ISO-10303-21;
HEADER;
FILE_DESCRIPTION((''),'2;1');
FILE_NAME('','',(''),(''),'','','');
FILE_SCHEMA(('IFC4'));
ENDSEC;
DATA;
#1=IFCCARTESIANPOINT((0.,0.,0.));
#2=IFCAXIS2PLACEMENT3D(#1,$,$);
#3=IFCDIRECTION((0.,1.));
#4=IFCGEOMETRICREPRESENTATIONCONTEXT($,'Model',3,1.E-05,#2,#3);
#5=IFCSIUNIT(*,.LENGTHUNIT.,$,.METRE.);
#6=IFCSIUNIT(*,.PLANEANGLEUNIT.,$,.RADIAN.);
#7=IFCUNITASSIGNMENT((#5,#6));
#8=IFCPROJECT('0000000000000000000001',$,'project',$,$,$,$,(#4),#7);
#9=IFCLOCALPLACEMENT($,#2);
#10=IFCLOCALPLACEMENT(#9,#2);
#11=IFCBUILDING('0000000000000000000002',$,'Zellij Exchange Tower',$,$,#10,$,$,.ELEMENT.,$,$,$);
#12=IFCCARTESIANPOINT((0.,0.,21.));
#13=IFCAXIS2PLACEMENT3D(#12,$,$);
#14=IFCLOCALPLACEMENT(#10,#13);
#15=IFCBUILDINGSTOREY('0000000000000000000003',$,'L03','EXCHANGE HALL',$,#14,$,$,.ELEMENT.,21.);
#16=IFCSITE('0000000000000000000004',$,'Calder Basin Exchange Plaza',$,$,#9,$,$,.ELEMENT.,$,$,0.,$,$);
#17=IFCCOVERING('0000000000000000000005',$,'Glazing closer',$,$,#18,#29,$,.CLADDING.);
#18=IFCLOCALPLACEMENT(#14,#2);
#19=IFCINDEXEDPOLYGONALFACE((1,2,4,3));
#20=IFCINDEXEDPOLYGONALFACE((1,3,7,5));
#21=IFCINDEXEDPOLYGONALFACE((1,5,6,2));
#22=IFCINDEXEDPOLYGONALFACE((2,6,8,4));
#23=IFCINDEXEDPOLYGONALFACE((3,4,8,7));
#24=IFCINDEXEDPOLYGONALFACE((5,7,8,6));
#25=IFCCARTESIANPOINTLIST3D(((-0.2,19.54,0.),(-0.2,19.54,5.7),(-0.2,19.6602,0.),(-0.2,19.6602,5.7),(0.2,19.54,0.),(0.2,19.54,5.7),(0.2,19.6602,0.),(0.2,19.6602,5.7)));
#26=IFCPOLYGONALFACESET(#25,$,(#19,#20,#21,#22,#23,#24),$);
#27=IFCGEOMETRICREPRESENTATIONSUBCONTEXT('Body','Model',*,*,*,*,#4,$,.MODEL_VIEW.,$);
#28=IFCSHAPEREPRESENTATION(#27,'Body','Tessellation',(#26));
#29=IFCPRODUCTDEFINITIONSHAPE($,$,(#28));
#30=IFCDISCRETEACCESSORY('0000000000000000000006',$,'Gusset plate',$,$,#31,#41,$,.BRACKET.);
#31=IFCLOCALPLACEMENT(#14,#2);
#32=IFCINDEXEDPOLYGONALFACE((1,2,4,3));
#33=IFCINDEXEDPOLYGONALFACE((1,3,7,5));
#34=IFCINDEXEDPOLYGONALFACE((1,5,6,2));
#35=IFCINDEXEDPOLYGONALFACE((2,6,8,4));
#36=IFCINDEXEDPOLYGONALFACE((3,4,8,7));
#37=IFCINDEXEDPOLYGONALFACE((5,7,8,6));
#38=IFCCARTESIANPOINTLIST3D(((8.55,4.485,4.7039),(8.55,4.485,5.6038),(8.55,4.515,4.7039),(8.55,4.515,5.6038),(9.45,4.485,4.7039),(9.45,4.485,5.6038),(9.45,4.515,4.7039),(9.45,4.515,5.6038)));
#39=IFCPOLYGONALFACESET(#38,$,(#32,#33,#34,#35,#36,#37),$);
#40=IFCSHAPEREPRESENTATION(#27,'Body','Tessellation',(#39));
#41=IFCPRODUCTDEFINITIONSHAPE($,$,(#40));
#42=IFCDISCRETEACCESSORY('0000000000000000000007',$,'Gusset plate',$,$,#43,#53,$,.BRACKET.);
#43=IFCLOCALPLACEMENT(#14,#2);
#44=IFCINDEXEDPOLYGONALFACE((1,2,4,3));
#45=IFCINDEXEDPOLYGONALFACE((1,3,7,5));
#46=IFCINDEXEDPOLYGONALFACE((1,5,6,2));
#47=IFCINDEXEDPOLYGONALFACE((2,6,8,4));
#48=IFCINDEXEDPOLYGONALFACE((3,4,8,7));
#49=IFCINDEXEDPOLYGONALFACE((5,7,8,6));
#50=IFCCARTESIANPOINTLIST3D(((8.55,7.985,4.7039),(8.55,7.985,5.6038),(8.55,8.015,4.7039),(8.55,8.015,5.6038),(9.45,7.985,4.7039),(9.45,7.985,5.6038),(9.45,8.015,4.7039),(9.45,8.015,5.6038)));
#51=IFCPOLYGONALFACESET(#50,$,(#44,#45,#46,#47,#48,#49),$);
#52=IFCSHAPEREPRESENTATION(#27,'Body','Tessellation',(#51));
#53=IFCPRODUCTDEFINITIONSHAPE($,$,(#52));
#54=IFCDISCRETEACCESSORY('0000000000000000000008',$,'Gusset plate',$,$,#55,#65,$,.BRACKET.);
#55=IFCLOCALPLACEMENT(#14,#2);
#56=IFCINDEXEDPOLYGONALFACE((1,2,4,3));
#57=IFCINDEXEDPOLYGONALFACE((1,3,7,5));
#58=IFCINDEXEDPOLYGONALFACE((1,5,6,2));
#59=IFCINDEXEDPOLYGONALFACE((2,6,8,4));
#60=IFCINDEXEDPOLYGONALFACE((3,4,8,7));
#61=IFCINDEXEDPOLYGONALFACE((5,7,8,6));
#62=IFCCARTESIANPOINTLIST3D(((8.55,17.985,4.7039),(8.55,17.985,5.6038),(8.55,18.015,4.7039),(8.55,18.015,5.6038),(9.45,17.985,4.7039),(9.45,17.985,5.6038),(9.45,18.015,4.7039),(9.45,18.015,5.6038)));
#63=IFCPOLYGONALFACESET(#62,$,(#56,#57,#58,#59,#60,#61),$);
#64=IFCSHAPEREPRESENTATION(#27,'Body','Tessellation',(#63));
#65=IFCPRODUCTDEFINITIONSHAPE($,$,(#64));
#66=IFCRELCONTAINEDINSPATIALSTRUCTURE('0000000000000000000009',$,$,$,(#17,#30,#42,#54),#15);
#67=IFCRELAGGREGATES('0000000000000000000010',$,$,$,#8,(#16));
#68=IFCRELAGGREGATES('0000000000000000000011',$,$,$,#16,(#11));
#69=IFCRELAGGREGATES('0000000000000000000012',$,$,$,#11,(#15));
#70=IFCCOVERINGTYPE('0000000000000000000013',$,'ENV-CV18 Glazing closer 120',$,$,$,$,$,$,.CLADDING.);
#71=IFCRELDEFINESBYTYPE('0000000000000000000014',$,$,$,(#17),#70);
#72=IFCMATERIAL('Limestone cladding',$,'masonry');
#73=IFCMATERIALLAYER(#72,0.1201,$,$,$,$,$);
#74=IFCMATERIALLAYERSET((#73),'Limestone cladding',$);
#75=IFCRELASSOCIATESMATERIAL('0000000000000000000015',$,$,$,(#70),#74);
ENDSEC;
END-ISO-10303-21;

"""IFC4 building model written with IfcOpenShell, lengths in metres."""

from ifc_helpers import new_model, si_unit, direction, frame, origin, origin_2d, place, context, subcontext, project, spatial, rectangle, extrude, material, layer, layer_set, type_object, element, save


model = new_model("IFC4")

# Units and contexts
model_context = context("Model", 3, precision=1e-05, world=origin(), true_north=direction((0.0, 1.0)))
body_context = subcontext(model_context, "Body", "Model", "MODEL_VIEW")
ifc_project = project(units=[si_unit("LENGTHUNIT", "METRE"), si_unit("PLANEANGLEUNIT", "RADIAN")], contexts=[model_context])

# Site, building, storey
site_placement = place(None, origin())
site = spatial("IfcSite", under=ifc_project, at=site_placement, Name="Calder Basin Exchange Plaza", CompositionType="ELEMENT", RefElevation=0.0)
building_placement = place(site_placement, origin())
building = spatial("IfcBuilding", under=site, at=building_placement, Name="Zellij Exchange Tower", CompositionType="ELEMENT")
storey_placement = place(building_placement, frame((0.0, 0.0, 21.0)))
storey = spatial("IfcBuildingStorey", under=building, at=storey_placement, Name="L03", Description="EXCHANGE HALL", CompositionType="ELEMENT", Elevation=21.0)

# Covering
ifc_material_1 = material(Name="Limestone cladding", Category="masonry")
ifc_layer_1 = layer(ifc_material_1, 0.1201)
ifc_layer_set_1 = layer_set([ifc_layer_1], Name="Limestone cladding")
covering_type = type_object("IfcCoveringType", Name="ENV-CV18 Glazing closer 120", PredefinedType="CLADDING", material=ifc_layer_set_1)
covering_placement = place(storey_placement, frame((0.0, 19.6001, 0.0), z_axis=(0.0, 0.0, 1.0), x_axis=(-1.0, 0.0, 0.0)))
element("IfcCovering", 1, at=covering_placement, inside=storey, type_object=covering_type, Name="Glazing closer", PredefinedType="CLADDING", context=body_context, shape_type="SweptSolid", body=[
    extrude(rectangle(XDim=0.3999, YDim=0.1201, at=origin_2d()), origin(), (0.0, 0.0, 1.0), 5.7),
])

# Discrete accessories
for number, where, z_axis, x_axis, name in (
    (2, (9.0, 4.5, 4.7039), (0.0, 0.0, 1.0), (1.0, 0.0, 0.0), "Gusset plate"),
    (3, (9.0, 8.0, 4.7039), (0.0, 0.0, 1.0), (1.0, 0.0, 0.0), "Gusset plate"),
    (4, (9.0, 18.0, 4.7039), (0.0, 0.0, 1.0), (1.0, 0.0, 0.0), "Gusset plate"),
):
    element("IfcDiscreteAccessory", number, at=place(storey_placement, frame(where, z_axis=z_axis, x_axis=x_axis)), inside=storey, Name=name, PredefinedType="BRACKET", context=body_context, shape_type="SweptSolid", body=[
        extrude(rectangle(XDim=0.8999, YDim=0.03, at=origin_2d()), origin(), (0.0, 0.0, 1.0), 0.8999),
    ])

save(model, "model.ifc")
